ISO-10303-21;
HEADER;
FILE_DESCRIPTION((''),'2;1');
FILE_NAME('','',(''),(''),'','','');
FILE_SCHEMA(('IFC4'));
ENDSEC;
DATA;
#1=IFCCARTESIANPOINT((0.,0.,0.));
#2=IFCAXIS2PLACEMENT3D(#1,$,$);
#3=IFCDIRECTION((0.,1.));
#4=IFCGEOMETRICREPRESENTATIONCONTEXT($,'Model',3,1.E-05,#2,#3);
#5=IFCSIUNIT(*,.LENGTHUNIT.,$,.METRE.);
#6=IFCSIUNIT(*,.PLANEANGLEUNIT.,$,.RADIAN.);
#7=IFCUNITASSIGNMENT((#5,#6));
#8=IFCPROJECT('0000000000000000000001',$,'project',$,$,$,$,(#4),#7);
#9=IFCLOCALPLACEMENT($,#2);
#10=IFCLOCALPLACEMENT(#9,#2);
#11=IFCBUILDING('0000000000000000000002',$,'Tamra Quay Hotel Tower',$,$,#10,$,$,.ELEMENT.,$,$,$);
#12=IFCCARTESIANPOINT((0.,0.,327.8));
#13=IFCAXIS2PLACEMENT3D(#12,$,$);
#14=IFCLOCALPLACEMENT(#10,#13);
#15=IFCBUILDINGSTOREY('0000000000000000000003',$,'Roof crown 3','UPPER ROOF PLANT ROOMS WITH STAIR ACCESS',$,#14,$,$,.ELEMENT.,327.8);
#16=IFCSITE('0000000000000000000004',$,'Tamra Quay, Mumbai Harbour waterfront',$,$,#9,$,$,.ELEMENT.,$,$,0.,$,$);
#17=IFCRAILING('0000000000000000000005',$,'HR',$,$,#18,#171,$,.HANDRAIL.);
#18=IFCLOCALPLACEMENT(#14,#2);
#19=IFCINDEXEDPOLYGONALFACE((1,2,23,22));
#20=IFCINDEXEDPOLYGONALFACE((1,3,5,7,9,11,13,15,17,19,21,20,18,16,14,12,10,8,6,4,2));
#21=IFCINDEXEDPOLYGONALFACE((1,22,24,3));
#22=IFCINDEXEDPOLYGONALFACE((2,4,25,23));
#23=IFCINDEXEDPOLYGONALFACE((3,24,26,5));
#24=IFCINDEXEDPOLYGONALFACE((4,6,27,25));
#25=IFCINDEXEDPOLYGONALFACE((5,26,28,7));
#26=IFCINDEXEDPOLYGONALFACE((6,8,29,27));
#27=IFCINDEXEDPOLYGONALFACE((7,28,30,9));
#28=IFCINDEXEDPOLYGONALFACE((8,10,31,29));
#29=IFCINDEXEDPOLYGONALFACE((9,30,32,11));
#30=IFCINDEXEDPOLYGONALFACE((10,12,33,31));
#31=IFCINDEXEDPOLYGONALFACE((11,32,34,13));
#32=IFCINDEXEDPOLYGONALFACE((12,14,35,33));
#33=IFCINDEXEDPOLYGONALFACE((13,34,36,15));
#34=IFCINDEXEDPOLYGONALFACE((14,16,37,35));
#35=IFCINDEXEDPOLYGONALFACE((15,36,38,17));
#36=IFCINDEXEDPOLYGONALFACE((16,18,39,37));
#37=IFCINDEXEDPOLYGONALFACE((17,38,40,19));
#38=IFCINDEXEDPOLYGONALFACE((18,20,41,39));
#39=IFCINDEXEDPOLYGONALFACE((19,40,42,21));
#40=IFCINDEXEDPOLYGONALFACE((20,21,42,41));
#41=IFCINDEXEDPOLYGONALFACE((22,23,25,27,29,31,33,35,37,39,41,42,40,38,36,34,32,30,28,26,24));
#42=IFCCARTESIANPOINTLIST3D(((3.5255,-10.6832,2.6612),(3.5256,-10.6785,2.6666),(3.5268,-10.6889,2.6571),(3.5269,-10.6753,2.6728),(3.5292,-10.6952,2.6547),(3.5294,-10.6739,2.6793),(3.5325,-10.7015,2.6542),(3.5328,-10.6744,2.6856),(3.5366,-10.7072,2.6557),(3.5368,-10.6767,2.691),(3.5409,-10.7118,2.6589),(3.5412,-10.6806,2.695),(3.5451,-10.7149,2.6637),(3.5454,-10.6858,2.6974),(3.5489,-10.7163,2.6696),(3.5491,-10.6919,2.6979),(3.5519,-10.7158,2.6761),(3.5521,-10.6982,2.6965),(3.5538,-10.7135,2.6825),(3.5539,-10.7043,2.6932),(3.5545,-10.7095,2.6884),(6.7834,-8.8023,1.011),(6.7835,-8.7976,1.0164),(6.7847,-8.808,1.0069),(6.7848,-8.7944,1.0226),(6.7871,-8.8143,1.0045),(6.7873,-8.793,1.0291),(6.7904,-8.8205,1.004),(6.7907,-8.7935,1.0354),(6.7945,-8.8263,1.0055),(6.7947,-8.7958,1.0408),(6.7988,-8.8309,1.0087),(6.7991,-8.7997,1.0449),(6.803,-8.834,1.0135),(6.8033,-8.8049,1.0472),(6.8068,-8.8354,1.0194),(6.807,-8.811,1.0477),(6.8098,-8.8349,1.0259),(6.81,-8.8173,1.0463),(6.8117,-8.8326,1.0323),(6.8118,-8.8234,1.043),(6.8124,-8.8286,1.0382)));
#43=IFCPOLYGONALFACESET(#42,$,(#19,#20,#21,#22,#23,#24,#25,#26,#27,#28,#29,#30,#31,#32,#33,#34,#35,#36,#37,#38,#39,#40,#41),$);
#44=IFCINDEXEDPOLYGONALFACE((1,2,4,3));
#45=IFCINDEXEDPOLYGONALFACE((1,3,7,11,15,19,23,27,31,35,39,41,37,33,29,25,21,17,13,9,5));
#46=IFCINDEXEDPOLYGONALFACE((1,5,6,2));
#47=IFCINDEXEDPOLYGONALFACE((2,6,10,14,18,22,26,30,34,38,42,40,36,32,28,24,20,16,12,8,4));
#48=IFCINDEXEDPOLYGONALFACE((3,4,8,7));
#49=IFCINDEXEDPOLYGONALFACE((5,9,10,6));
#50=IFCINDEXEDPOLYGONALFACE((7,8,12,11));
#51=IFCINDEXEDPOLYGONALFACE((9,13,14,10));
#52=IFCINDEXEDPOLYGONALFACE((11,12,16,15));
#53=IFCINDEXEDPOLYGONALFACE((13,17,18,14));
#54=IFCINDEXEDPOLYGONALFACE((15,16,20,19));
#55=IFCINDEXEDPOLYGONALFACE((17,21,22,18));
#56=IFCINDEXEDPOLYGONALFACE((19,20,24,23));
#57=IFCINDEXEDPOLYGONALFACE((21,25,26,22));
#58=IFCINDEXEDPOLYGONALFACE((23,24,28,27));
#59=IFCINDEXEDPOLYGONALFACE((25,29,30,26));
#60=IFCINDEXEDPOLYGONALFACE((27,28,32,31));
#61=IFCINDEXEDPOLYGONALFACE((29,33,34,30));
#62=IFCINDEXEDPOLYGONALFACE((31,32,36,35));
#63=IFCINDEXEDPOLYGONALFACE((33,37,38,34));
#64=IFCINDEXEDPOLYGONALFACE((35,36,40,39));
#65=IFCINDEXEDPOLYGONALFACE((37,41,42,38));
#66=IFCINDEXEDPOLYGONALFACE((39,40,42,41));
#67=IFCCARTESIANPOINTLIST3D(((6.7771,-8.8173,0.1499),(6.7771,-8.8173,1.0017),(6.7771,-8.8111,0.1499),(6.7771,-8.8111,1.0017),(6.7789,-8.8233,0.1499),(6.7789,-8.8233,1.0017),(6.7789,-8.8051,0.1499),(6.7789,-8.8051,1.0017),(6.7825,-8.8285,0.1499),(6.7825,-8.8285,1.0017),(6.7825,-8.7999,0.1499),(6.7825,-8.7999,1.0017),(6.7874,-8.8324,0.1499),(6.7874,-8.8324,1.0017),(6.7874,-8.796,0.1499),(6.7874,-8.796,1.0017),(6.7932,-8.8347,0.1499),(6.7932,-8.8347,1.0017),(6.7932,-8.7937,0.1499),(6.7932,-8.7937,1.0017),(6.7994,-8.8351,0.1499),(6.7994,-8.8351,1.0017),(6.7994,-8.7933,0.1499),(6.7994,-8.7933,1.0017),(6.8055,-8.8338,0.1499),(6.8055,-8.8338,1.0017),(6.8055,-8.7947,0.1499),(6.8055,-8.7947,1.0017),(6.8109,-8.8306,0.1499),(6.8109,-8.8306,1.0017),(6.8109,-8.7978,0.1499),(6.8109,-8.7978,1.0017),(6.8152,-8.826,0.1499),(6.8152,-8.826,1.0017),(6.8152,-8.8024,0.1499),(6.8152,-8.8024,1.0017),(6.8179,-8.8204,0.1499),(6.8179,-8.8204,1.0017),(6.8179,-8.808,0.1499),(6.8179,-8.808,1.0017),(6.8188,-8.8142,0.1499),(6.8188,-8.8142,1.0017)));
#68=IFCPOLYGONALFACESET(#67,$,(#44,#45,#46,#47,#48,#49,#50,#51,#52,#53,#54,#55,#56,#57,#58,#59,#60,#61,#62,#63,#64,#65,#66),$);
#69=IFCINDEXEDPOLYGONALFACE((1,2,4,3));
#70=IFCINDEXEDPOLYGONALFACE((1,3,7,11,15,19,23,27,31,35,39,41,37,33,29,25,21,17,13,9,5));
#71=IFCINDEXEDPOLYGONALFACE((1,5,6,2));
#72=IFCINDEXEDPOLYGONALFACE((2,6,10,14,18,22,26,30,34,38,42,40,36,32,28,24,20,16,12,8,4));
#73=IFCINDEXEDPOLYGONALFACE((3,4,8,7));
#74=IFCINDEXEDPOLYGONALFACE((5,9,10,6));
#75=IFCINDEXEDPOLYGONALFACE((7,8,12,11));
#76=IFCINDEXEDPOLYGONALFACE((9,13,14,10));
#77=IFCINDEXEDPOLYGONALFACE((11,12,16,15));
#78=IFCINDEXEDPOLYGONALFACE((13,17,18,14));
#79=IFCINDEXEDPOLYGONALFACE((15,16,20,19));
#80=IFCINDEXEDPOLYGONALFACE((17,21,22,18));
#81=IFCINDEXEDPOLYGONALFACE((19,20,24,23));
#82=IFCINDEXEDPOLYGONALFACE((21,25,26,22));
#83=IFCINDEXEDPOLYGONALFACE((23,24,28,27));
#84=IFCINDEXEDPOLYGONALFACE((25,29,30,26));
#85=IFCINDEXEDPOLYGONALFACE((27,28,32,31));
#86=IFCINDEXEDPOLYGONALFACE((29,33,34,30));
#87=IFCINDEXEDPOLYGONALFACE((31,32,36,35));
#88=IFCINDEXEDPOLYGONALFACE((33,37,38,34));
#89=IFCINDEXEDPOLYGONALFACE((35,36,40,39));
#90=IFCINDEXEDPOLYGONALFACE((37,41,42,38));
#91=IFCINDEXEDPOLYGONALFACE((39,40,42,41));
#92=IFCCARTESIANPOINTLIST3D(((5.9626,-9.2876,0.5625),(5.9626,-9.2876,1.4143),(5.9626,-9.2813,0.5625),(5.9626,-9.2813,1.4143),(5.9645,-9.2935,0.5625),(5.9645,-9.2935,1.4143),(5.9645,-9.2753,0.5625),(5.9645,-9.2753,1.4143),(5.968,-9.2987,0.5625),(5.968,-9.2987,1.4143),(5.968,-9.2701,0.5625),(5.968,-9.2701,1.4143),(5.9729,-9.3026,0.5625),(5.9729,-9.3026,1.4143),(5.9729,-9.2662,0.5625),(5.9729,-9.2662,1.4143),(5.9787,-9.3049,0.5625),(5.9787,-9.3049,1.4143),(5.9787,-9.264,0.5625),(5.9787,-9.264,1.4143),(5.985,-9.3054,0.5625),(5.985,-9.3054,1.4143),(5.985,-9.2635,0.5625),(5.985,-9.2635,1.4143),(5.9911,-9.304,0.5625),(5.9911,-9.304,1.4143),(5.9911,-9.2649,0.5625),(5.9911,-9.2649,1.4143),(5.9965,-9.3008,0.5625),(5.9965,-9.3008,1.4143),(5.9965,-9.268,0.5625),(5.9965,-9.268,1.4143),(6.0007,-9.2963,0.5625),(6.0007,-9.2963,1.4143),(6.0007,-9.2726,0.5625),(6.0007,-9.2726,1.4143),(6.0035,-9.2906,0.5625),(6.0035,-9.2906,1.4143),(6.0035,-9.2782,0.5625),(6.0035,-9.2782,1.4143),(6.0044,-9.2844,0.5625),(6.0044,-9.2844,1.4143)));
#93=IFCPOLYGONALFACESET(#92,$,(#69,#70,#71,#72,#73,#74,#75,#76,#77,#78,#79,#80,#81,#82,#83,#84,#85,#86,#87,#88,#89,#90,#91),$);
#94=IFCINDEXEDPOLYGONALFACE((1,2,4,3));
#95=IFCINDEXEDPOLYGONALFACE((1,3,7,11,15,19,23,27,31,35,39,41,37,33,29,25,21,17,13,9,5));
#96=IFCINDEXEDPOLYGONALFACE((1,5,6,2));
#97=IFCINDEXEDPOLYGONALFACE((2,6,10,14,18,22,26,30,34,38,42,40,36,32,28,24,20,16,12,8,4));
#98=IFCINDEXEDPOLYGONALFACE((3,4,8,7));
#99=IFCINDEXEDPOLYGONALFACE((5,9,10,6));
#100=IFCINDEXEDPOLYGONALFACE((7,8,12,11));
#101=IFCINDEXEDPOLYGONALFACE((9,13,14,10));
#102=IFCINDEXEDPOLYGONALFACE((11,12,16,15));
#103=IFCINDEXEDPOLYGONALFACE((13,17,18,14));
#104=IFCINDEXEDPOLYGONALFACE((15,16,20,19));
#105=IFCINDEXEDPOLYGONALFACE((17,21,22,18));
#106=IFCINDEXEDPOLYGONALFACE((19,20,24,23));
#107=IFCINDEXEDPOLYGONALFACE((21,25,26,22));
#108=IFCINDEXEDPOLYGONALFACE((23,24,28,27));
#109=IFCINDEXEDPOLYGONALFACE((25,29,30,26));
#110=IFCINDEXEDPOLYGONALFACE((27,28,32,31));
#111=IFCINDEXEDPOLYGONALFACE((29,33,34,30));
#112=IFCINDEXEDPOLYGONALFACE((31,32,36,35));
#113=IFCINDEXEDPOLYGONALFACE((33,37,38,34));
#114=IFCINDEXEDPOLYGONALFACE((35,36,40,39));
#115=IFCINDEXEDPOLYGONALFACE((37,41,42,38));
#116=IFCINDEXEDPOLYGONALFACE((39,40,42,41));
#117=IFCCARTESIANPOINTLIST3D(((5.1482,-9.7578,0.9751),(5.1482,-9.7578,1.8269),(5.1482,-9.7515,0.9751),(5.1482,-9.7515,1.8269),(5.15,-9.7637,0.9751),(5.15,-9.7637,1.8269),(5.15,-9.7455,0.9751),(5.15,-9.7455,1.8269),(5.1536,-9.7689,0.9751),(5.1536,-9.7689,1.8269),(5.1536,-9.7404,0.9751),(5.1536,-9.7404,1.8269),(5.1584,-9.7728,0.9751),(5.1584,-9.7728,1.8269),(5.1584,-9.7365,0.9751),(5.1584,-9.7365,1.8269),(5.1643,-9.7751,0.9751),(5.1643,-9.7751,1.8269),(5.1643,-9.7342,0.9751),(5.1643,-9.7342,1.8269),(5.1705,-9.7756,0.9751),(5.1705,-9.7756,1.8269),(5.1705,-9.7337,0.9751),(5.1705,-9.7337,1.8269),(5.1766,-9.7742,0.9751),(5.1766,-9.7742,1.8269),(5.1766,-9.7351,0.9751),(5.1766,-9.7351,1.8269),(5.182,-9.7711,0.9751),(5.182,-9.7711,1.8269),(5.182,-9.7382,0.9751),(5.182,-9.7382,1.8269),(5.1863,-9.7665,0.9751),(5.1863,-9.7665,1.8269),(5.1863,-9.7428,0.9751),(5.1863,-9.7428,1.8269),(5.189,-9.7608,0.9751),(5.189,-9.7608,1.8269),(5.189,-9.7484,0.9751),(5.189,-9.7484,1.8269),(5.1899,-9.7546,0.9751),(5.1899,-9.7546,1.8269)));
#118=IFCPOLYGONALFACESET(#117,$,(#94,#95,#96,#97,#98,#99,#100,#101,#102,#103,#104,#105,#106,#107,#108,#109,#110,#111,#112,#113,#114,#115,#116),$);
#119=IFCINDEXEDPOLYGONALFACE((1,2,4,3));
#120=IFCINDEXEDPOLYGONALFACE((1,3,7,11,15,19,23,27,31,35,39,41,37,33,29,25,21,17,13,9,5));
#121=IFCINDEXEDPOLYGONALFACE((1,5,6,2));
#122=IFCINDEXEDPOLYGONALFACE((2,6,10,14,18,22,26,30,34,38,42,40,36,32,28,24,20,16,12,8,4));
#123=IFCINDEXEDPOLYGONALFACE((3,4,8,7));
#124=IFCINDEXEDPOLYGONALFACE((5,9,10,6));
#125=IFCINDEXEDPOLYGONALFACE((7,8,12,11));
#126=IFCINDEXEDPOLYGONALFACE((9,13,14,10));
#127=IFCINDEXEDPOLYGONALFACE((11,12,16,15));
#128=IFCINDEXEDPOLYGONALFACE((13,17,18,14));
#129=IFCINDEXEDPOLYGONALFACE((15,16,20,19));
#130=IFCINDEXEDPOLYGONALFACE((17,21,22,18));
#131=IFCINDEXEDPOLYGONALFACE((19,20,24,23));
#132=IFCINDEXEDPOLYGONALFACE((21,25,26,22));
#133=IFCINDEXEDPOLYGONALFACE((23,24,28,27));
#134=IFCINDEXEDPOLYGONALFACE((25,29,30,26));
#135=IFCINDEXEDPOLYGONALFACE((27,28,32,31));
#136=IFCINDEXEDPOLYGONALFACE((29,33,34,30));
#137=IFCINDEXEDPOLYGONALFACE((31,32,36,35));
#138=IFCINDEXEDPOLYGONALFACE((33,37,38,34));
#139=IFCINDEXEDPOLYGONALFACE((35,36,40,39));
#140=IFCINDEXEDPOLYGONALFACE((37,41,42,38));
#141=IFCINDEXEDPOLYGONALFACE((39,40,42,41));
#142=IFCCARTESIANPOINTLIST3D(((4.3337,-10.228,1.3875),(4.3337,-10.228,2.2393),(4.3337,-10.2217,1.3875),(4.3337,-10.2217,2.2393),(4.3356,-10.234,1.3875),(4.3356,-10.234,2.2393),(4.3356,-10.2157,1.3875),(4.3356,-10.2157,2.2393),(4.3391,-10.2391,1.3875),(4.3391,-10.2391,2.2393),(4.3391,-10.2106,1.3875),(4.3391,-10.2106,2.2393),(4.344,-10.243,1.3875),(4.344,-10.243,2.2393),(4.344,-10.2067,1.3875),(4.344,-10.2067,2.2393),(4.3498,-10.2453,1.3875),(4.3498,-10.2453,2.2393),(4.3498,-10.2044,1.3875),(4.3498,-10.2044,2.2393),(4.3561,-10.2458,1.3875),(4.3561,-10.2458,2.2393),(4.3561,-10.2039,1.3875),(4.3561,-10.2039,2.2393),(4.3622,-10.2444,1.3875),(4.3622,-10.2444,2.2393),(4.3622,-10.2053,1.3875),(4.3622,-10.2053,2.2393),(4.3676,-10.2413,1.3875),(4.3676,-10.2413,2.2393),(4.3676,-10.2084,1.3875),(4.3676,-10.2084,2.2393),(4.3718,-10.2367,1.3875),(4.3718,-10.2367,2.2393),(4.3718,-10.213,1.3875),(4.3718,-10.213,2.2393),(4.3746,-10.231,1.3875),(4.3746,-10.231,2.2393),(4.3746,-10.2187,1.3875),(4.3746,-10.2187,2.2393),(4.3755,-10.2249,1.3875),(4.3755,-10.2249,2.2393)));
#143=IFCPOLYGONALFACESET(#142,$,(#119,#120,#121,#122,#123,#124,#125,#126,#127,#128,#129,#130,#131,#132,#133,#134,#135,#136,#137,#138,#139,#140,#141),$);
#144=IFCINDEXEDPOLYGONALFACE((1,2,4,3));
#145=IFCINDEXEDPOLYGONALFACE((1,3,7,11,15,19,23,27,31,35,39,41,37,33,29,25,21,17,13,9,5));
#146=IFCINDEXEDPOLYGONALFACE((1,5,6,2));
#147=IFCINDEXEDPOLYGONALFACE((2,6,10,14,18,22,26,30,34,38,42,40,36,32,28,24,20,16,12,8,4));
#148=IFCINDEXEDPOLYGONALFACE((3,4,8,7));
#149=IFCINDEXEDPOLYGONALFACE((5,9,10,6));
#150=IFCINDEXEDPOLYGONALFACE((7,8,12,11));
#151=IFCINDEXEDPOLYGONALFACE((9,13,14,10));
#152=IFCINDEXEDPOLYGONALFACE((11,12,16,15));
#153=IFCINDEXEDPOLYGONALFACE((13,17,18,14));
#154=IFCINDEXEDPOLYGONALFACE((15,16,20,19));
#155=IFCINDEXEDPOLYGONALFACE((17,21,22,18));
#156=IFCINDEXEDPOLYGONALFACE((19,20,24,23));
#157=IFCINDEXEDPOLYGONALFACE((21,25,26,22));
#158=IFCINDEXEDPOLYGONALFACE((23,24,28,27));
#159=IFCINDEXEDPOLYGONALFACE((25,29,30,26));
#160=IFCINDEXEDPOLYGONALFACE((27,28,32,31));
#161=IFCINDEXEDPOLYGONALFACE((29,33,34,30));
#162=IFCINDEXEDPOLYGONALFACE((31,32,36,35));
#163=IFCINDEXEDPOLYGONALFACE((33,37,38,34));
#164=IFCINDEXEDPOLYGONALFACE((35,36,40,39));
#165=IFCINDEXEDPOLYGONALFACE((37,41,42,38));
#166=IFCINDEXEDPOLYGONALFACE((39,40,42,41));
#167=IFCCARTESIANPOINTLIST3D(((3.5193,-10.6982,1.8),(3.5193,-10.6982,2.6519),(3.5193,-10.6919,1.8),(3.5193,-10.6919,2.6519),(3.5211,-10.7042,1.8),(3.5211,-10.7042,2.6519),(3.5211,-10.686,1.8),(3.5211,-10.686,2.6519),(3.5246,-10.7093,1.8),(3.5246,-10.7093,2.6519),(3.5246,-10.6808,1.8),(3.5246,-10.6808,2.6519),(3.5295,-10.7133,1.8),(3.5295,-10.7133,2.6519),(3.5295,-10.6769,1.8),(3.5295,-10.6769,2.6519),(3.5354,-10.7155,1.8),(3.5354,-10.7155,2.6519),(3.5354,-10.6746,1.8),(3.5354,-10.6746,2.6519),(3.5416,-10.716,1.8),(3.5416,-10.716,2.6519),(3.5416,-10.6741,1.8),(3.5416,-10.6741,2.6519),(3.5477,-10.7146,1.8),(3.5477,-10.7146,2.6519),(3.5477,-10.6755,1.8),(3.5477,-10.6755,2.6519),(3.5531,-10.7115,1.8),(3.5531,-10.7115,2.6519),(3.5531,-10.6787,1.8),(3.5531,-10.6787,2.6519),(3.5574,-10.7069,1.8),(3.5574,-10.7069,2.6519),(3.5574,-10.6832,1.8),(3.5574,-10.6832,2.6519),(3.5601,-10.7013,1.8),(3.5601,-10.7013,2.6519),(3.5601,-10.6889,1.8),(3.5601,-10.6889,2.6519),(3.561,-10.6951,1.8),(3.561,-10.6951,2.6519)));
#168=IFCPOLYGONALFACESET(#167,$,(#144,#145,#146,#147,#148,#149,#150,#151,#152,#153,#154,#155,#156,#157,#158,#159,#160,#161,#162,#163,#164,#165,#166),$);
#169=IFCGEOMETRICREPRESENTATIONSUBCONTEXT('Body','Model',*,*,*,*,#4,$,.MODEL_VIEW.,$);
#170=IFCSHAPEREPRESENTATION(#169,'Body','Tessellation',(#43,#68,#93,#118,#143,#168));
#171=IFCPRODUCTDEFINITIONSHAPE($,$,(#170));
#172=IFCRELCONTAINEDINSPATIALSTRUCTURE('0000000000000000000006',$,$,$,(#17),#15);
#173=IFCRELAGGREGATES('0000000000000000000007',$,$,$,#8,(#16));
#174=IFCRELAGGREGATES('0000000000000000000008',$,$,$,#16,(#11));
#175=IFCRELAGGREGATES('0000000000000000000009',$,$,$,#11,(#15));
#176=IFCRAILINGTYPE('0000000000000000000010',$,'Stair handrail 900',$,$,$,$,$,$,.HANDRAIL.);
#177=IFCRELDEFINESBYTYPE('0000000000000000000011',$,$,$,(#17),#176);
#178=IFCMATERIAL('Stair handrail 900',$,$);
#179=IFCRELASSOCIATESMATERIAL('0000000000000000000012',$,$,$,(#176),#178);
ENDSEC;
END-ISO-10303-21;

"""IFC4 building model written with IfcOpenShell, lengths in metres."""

from ifc_helpers import new_model, si_unit, direction, frame, origin, origin_2d, place, context, subcontext, project, spatial, circle, extrude, material, type_object, element, save


model = new_model("IFC4")

# Units and contexts
model_context = context("Model", 3, precision=1e-05, world=origin(), true_north=direction((0.0, 1.0)))
body_context = subcontext(model_context, "Body", "Model", "MODEL_VIEW")
ifc_project = project(units=[si_unit("LENGTHUNIT", "METRE"), si_unit("PLANEANGLEUNIT", "RADIAN")], contexts=[model_context])

# Site, building, storey
site_placement = place(None, origin())
site = spatial("IfcSite", under=ifc_project, at=site_placement, Name="Tamra Quay, Mumbai Harbour waterfront", CompositionType="ELEMENT", RefElevation=0.0)
building_placement = place(site_placement, origin())
building = spatial("IfcBuilding", under=site, at=building_placement, Name="Tamra Quay Hotel Tower", CompositionType="ELEMENT")
storey_placement = place(building_placement, frame((0.0, 0.0, 327.8)))
storey = spatial("IfcBuildingStorey", under=building, at=storey_placement, Name="Roof crown 3", Description="UPPER ROOF PLANT ROOMS WITH STAIR ACCESS", CompositionType="ELEMENT", Elevation=327.8)

# Railing
ifc_material_1 = material(Name="Stair handrail 900")
railing_type_1 = type_object("IfcRailingType", Name="Stair handrail 900", PredefinedType="HANDRAIL", material=ifc_material_1)
railing_1_placement = place(storey_placement, frame((6.7979, -8.8142, 0.1499)))
element("IfcRailing", 1, at=railing_1_placement, inside=storey, type_object=railing_type_1, Name="HR", PredefinedType="HANDRAIL", context=body_context, shape_type="SweptSolid", body=[
    extrude(circle(Radius=0.0239, at=origin_2d()), frame((0.0, 0.0, 0.876), z_axis=(-0.793081, -0.457876, 0.401711), x_axis=(0.499992, -0.86603, 0.0)), (0.0, 0.0, 1.0), 4.1079),
    extrude(circle(Radius=0.021, at=origin_2d()), origin(), (0.0, 0.0, 1.0), 0.8518),
    extrude(circle(Radius=0.021, at=origin_2d()), frame((-0.8145, -0.4702, 0.4126)), (0.0, 0.0, 1.0), 0.8518),
    extrude(circle(Radius=0.021, at=origin_2d()), frame((-1.6289, -0.9404, 0.8252)), (0.0, 0.0, 1.0), 0.8518),
    extrude(circle(Radius=0.021, at=origin_2d()), frame((-2.4434, -1.4106, 1.2375)), (0.0, 0.0, 1.0), 0.8518),
    extrude(circle(Radius=0.021, at=origin_2d()), frame((-3.2578, -1.8809, 1.6501)), (0.0, 0.0, 1.0), 0.8518),
])

save(model, "model.ifc")
